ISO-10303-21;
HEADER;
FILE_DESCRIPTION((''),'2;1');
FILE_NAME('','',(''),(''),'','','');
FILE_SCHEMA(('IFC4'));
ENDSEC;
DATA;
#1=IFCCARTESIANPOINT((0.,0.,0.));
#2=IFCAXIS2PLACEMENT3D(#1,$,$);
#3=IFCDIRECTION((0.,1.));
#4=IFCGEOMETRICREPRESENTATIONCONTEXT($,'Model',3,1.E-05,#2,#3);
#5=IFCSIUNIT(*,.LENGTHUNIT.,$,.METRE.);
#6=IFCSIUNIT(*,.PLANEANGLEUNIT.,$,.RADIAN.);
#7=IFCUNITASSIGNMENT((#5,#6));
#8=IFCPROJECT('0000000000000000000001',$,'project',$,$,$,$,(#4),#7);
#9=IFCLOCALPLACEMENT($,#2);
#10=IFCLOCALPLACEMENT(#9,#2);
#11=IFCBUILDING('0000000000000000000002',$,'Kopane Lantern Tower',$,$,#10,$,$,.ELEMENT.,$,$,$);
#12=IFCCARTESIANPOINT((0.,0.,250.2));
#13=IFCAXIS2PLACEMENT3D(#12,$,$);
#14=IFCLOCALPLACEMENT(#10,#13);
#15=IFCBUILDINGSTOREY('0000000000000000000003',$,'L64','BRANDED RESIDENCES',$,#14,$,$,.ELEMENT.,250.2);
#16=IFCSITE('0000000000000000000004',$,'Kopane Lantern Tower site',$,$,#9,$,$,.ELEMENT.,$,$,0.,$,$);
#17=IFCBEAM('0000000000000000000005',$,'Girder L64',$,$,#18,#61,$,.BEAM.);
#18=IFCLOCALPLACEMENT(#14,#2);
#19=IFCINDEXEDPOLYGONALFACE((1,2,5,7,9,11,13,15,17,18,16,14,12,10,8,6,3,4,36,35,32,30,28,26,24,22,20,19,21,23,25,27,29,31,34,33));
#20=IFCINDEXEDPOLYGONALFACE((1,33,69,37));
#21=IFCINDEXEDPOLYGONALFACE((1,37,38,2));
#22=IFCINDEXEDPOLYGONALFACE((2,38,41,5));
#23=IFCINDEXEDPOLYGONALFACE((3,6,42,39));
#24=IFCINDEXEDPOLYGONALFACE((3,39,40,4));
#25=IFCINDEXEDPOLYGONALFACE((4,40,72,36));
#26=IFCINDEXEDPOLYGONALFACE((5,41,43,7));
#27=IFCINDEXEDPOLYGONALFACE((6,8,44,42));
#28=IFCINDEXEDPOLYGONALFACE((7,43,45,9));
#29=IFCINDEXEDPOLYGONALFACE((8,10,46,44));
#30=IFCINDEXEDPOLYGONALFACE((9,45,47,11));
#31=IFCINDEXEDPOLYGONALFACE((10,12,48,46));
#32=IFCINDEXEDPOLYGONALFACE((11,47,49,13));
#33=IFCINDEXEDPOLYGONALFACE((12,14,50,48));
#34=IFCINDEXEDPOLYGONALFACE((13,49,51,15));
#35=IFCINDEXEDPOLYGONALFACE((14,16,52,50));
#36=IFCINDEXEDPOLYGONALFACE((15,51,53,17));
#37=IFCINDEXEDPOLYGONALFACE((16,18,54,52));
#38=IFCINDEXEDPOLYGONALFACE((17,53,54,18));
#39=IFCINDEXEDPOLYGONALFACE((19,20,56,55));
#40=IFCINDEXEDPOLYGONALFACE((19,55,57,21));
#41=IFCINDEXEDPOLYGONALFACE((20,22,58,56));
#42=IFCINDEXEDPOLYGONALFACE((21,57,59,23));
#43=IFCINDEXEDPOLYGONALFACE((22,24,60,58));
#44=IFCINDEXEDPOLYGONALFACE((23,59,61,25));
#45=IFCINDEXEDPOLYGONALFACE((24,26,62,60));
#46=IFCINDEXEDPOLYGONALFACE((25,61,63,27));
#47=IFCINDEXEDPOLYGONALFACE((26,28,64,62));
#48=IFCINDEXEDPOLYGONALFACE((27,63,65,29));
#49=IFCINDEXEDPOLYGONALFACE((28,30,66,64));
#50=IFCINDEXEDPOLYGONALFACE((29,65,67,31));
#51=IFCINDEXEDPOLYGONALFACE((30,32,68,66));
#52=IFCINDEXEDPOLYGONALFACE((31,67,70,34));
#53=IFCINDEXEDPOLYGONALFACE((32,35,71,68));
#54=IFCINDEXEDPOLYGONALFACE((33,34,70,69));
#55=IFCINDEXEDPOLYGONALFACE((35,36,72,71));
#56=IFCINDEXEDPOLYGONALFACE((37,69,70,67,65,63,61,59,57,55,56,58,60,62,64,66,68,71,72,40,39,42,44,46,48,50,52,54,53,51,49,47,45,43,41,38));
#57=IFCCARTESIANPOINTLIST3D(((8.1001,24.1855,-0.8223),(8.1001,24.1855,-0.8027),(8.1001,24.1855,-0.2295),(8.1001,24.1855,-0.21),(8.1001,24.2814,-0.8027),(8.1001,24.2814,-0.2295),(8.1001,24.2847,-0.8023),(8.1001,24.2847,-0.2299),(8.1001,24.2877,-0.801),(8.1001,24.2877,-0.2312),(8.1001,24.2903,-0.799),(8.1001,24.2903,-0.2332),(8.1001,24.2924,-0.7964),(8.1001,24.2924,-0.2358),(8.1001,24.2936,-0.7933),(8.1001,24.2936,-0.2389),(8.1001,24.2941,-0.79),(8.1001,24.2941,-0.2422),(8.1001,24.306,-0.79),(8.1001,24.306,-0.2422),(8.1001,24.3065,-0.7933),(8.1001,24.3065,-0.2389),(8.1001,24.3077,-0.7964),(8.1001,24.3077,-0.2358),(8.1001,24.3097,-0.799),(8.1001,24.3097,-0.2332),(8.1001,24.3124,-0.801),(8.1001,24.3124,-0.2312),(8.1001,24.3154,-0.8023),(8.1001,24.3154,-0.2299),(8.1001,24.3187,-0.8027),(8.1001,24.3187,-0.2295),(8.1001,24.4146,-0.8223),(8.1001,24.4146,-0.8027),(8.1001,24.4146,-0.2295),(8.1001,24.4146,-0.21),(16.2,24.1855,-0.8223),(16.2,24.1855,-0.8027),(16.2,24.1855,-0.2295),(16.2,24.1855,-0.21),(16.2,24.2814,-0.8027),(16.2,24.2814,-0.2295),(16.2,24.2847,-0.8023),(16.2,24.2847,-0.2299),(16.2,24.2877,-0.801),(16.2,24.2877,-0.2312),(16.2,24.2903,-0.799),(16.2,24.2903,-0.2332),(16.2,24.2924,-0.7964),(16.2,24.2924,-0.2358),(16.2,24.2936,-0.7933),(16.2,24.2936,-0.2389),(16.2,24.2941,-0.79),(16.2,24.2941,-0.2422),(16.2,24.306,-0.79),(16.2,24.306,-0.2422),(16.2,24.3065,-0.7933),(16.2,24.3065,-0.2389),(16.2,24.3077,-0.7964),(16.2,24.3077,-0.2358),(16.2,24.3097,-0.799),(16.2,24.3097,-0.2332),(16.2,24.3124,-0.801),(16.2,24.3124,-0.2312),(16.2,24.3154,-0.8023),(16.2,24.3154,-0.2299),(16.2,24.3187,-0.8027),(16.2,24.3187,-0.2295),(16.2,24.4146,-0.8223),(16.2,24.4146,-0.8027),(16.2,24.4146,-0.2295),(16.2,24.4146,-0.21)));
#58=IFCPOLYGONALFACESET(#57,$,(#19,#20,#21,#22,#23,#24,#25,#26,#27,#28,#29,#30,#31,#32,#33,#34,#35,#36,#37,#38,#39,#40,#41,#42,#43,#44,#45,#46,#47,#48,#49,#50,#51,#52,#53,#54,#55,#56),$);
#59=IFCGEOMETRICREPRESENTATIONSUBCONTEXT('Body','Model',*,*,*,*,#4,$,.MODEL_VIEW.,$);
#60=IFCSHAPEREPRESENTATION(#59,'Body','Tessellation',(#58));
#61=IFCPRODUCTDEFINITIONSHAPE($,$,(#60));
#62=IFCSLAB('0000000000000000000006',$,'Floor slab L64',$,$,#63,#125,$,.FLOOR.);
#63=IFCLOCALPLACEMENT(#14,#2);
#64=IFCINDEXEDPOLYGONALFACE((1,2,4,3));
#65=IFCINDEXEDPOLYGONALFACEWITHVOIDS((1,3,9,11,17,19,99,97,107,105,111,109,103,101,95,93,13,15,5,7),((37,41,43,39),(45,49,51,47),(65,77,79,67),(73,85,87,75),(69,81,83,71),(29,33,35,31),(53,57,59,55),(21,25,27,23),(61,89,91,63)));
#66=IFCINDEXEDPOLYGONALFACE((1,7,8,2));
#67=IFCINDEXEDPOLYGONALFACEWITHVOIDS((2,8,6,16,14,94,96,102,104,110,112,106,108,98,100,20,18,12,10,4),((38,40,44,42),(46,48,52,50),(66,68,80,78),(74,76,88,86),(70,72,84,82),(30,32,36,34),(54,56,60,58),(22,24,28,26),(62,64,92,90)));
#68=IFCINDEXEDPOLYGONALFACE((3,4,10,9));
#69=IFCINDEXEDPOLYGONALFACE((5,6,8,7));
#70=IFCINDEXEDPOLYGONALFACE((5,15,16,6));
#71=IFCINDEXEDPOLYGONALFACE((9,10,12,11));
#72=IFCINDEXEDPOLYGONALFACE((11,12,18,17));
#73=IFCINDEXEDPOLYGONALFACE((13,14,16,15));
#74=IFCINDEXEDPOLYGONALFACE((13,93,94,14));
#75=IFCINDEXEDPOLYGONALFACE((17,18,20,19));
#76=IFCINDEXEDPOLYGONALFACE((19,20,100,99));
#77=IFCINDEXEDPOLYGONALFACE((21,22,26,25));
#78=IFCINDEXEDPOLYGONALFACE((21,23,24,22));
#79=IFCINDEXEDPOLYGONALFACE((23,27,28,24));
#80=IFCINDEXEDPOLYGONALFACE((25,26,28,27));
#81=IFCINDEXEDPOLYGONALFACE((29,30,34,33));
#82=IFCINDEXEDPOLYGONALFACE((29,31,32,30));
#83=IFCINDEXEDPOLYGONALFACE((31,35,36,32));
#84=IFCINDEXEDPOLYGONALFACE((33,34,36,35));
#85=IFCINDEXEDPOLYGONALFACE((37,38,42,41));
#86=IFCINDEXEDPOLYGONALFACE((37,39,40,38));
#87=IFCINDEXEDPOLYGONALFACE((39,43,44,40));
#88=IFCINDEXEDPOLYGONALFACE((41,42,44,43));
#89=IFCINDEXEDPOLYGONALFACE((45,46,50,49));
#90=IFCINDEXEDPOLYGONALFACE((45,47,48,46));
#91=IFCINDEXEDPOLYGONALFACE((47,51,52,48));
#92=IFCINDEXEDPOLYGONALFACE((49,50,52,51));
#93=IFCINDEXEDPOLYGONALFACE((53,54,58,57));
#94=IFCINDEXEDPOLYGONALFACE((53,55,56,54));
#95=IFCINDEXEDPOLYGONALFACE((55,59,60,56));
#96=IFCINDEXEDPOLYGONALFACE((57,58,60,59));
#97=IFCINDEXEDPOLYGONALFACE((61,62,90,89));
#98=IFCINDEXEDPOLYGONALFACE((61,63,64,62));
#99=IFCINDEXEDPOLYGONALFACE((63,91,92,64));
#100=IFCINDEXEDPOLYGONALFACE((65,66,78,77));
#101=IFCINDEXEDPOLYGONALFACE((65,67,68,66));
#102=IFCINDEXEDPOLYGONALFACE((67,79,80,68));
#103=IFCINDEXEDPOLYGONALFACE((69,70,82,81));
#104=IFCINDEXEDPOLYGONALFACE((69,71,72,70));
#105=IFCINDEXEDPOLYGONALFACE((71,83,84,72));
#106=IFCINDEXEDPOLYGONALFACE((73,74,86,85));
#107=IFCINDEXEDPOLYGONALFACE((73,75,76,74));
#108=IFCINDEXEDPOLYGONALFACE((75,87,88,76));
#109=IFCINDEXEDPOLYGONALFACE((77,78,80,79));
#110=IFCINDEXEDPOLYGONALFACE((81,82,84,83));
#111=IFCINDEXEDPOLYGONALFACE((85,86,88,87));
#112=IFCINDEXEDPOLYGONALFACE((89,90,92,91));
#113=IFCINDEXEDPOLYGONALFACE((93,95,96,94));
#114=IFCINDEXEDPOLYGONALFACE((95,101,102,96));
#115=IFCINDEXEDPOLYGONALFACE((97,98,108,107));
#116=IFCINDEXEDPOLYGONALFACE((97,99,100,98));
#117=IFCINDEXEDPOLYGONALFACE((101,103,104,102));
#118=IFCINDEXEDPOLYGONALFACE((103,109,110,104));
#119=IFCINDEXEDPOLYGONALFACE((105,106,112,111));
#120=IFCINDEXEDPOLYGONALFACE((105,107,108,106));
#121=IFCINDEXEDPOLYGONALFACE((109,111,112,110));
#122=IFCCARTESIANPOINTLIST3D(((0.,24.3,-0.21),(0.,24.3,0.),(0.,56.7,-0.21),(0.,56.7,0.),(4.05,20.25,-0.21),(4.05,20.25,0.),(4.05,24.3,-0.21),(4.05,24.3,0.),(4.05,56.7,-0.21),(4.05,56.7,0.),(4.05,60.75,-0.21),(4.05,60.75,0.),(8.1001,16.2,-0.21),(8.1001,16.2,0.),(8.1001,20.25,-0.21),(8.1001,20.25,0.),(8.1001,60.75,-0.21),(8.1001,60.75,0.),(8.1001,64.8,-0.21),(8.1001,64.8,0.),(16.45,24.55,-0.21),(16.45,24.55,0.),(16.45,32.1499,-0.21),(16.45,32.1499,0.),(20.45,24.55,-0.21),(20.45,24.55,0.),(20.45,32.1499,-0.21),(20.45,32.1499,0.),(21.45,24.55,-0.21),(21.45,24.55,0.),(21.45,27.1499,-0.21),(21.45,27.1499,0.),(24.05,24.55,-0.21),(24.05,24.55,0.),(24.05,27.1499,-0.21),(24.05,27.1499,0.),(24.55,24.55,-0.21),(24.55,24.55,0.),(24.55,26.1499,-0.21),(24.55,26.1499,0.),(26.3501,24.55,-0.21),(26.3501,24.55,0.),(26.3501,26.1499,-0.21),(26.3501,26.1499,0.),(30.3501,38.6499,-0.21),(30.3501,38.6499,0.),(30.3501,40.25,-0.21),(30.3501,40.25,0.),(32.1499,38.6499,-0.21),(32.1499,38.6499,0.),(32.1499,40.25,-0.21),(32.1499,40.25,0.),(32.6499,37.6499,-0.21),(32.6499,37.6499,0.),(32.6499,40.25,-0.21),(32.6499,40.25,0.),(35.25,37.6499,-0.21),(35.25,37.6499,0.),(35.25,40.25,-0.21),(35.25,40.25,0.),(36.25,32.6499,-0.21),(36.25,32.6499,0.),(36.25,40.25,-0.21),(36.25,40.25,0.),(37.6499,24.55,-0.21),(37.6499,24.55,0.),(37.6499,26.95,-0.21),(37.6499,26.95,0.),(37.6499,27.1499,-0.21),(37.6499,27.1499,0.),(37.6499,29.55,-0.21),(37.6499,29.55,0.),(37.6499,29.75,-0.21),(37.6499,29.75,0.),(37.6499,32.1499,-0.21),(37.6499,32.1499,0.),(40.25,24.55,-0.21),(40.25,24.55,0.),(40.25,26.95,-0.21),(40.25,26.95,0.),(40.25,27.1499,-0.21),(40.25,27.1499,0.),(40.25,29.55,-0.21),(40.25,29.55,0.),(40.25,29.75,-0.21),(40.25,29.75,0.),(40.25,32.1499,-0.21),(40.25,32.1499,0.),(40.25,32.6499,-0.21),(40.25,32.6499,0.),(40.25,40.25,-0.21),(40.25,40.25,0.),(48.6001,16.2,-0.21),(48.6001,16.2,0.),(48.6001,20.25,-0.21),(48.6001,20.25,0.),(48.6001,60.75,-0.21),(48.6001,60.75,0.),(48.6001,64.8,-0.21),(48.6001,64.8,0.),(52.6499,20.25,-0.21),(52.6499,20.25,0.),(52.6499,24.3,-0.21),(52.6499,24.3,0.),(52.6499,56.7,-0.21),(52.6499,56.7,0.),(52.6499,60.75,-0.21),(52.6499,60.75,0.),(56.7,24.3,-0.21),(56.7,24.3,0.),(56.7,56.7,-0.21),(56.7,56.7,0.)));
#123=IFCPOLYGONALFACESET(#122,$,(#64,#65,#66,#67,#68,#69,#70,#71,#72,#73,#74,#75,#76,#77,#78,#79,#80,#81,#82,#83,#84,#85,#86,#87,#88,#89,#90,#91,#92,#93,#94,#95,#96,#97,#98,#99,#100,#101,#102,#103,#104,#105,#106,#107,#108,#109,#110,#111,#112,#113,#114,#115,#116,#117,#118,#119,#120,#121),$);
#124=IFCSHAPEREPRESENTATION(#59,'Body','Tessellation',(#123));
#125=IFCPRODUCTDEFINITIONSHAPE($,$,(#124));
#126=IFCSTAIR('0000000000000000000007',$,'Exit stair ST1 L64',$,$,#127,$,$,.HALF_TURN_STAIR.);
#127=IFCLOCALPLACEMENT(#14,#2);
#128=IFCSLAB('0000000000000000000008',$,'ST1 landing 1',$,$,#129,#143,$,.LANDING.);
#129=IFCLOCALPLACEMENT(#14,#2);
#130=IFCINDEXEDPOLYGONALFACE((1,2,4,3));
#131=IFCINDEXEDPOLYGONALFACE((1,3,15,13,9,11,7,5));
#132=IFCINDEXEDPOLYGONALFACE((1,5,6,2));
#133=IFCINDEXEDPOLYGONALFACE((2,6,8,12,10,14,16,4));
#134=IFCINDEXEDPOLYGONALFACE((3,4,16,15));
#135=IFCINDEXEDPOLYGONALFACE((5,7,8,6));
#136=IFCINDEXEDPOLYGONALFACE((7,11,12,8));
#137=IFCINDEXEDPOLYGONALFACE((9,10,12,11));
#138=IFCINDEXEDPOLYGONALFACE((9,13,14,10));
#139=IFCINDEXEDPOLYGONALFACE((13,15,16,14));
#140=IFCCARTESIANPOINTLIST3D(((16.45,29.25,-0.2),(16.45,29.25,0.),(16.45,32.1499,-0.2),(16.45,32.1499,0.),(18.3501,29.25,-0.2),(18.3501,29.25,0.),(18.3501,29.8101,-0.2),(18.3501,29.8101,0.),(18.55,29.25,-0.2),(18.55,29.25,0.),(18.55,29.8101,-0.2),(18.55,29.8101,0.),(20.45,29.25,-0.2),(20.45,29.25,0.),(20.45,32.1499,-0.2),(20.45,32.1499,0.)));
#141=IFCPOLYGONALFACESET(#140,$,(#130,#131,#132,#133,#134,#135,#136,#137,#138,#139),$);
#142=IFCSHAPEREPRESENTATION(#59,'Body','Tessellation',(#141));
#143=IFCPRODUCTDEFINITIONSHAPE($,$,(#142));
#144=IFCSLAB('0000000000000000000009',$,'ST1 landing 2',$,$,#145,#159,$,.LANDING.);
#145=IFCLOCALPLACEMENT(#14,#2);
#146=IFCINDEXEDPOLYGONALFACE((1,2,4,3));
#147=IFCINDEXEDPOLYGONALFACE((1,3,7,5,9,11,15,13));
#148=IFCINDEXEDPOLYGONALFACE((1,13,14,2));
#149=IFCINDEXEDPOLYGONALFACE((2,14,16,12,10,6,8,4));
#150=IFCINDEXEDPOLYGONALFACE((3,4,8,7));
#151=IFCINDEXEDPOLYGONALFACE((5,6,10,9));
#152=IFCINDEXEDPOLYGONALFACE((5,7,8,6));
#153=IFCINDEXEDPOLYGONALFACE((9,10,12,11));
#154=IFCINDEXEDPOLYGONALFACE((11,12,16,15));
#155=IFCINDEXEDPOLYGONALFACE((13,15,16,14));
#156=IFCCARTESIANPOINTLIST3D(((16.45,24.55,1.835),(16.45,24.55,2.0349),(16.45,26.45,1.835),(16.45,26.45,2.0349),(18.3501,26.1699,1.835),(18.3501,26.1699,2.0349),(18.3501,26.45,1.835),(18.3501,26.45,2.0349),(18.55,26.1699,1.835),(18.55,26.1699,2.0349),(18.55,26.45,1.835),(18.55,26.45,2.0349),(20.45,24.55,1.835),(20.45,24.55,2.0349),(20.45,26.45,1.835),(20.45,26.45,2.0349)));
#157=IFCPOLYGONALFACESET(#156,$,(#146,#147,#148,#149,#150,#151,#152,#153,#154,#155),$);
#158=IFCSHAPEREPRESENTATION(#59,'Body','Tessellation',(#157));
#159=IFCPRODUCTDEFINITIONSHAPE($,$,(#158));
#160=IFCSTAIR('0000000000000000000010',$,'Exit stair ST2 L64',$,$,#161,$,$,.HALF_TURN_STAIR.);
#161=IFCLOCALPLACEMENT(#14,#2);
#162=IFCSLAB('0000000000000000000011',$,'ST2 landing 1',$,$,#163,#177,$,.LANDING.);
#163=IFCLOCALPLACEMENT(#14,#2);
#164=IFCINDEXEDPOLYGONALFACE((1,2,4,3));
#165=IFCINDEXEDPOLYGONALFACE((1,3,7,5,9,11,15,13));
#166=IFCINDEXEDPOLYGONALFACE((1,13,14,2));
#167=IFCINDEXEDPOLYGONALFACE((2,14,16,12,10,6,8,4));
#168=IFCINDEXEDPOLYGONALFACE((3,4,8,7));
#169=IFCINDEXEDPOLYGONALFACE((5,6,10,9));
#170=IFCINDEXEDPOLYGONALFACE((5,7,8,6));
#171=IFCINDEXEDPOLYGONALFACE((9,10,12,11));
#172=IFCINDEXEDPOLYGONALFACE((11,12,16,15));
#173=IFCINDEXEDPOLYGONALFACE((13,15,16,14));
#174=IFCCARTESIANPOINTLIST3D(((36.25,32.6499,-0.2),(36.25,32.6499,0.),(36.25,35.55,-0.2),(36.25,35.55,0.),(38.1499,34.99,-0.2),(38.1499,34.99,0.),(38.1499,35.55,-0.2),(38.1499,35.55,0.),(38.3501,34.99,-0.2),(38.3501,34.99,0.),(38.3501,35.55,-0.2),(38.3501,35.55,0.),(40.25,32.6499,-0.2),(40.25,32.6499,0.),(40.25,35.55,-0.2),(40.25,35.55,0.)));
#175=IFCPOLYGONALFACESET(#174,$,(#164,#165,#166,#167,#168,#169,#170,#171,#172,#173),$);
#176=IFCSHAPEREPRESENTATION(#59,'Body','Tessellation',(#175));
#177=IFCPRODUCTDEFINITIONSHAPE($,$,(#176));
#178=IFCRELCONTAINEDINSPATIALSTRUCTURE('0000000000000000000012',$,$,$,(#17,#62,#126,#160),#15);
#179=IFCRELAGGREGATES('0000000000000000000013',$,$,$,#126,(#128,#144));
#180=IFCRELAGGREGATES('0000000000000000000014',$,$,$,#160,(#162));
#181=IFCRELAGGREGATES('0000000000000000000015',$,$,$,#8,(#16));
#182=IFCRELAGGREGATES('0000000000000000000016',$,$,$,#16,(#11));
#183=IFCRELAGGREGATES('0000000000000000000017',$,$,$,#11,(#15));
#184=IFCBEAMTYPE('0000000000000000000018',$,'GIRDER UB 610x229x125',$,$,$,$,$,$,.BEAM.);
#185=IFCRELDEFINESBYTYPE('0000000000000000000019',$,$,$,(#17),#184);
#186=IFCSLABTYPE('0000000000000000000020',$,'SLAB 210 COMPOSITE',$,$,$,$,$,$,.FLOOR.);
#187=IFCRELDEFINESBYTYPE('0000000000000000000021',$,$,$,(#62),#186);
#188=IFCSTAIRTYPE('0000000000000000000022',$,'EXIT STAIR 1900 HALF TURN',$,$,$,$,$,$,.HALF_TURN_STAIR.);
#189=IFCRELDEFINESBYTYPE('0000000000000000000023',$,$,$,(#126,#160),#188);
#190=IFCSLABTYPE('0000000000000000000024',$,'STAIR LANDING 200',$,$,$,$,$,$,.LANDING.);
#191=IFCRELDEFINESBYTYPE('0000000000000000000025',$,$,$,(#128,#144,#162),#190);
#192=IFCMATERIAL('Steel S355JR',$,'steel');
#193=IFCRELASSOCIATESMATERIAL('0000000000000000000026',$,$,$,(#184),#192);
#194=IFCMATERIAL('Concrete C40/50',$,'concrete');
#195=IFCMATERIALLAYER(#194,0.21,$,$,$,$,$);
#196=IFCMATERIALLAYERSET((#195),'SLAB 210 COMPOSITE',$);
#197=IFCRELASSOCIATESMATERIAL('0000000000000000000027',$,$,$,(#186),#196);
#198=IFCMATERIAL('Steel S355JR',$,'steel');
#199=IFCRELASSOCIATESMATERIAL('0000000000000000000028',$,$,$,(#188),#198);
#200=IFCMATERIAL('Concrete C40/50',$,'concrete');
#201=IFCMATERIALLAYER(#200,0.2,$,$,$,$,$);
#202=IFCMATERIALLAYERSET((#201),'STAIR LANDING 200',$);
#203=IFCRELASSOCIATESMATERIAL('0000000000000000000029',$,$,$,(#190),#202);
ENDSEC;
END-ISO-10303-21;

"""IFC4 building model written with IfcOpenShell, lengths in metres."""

from ifc_helpers import new_model, si_unit, direction, frame, origin, origin_2d, place, context, subcontext, project, spatial, polyline, i_section, outline, extrude, material, layer, layer_set, material_profile, profile_set, type_object, element, aggregate, save


model = new_model("IFC4")

# Units and contexts
model_context = context("Model", 3, precision=1e-05, world=origin(), true_north=direction((0.0, 1.0)))
body_context = subcontext(model_context, "Body", "Model", "MODEL_VIEW")
ifc_project = project(units=[si_unit("LENGTHUNIT", "METRE"), si_unit("PLANEANGLEUNIT", "RADIAN")], contexts=[model_context])

# Site, building, storey
site_placement = place(None, origin())
site = spatial("IfcSite", under=ifc_project, at=site_placement, Name="Kopane Lantern Tower site", CompositionType="ELEMENT", RefElevation=0.0)
building_placement = place(site_placement, origin())
building = spatial("IfcBuilding", under=site, at=building_placement, Name="Kopane Lantern Tower", CompositionType="ELEMENT")
storey_placement = place(building_placement, frame((0.0, 0.0, 250.2)))
storey = spatial("IfcBuildingStorey", under=building, at=storey_placement, Name="L64", Description="BRANDED RESIDENCES", CompositionType="ELEMENT", Elevation=250.2)

# Beam
ifc_material_1 = material(Name="Steel S355JR", Category="steel")
ifc_material_profile_1 = material_profile(ifc_material_1, i_section(OverallWidth=0.229, OverallDepth=0.6123, WebThickness=0.012, FlangeThickness=0.0195, FilletRadius=0.0127, at=origin_2d()), Name="UB 610x229x125")
ifc_profile_set_1 = profile_set([ifc_material_profile_1], Name="Steel S355JR")
beam_type_1 = type_object("IfcBeamType", Name="GIRDER UB 610x229x125", PredefinedType="BEAM", material=ifc_profile_set_1)
for number, where, z_axis, x_axis, name in (
    (1, (8.1001, 24.3, -0.5161), (1.0, 0.0, 0.0), (0.0, 1.0, 0.0), "Girder L64"),
):
    element("IfcBeam", number, at=place(storey_placement, frame(where, z_axis=z_axis, x_axis=x_axis)), inside=storey, type_object=beam_type_1, Name=name, PredefinedType="BEAM", context=body_context, shape_type="SweptSolid", body=[
        extrude(i_section(OverallWidth=0.229, OverallDepth=0.6123, WebThickness=0.012, FlangeThickness=0.0195, FilletRadius=0.0127, at=origin_2d()), origin(), (0.0, 0.0, 1.0), 8.0999),
    ])

# Slab
ifc_material_2 = material(Name="Concrete C40/50", Category="concrete")
ifc_layer_1 = layer(ifc_material_2, 0.21)
ifc_layer_set_1 = layer_set([ifc_layer_1], Name="SLAB 210 COMPOSITE")
slab_type_1 = type_object("IfcSlabType", Name="SLAB 210 COMPOSITE", PredefinedType="FLOOR", material=ifc_layer_set_1)
slab_1_placement = place(storey_placement, frame((0.0, 0.0, -0.21)))
element("IfcSlab", 2, at=slab_1_placement, inside=storey, type_object=slab_type_1, Name="Floor slab L64", PredefinedType="FLOOR", context=body_context, shape_type="SweptSolid", body=[
    extrude(outline(polyline([(8.1001, 16.2), (48.6001, 16.2), (48.6001, 20.25), (52.6499, 20.25), (52.6499, 24.3), (56.7, 24.3), (56.7, 56.7), (52.6499, 56.7), (52.6499, 60.75), (48.6001, 60.75), (48.6001, 64.8), (8.1001, 64.8), (8.1001, 60.75), (4.05, 60.75), (4.05, 56.7), (0.0, 56.7), (0.0, 24.3), (4.05, 24.3), (4.05, 20.25), (8.1001, 20.25), (8.1001, 16.2)]), holes=[polyline([(16.45, 24.55), (20.45, 24.55), (20.45, 32.1499), (16.45, 32.1499), (16.45, 24.55)]), polyline([(36.25, 32.6499), (40.25, 32.6499), (40.25, 40.25), (36.25, 40.25), (36.25, 32.6499)]), polyline([(37.6499, 24.55), (40.25, 24.55), (40.25, 26.95), (37.6499, 26.95), (37.6499, 24.55)]), polyline([(37.6499, 27.1499), (40.25, 27.1499), (40.25, 29.55), (37.6499, 29.55), (37.6499, 27.1499)]), polyline([(37.6499, 29.75), (40.25, 29.75), (40.25, 32.1499), (37.6499, 32.1499), (37.6499, 29.75)]), polyline([(21.45, 24.55), (24.05, 24.55), (24.05, 27.1499), (21.45, 27.1499), (21.45, 24.55)]), polyline([(32.6499, 37.6499), (35.25, 37.6499), (35.25, 40.25), (32.6499, 40.25), (32.6499, 37.6499)]), polyline([(24.55, 24.55), (26.3501, 24.55), (26.3501, 26.1499), (24.55, 26.1499), (24.55, 24.55)]), polyline([(30.3501, 38.6499), (32.1499, 38.6499), (32.1499, 40.25), (30.3501, 40.25), (30.3501, 38.6499)])]), origin(), (0.0, 0.0, 1.0), 0.21),
])

# Stairs, slabs
ifc_material_3 = material(Name="Steel S355JR", Category="steel")
stair_type = type_object("IfcStairType", Name="EXIT STAIR 1900 HALF TURN", PredefinedType="HALF_TURN_STAIR", material=ifc_material_3)
stair_1_placement = place(storey_placement, origin())
stair_1 = element("IfcStair", 3, at=stair_1_placement, inside=storey, type_object=stair_type, Name="Exit stair ST1 L64", PredefinedType="HALF_TURN_STAIR")
ifc_material_4 = material(Name="Concrete C40/50", Category="concrete")
ifc_layer_2 = layer(ifc_material_4, 0.2)
ifc_layer_set_2 = layer_set([ifc_layer_2], Name="STAIR LANDING 200")
slab_type_2 = type_object("IfcSlabType", Name="STAIR LANDING 200", PredefinedType="LANDING", material=ifc_layer_set_2)
slab_2_placement = place(storey_placement, frame((0.0, 0.0, -0.2)))
slab_2 = element("IfcSlab", 4, at=slab_2_placement, type_object=slab_type_2, Name="ST1 landing 1", PredefinedType="LANDING", context=body_context, shape_type="SweptSolid", body=[
    extrude(outline(polyline([(18.3501, 29.8101), (18.55, 29.8101), (18.55, 29.25), (20.45, 29.25), (20.45, 32.1499), (16.45, 32.1499), (16.45, 29.25), (18.3501, 29.25), (18.3501, 29.8101)])), origin(), (0.0, 0.0, 1.0), 0.2),
])
slab_3_placement = place(storey_placement, frame((0.0, 0.0, 1.835)))
slab_3 = element("IfcSlab", 5, at=slab_3_placement, type_object=slab_type_2, Name="ST1 landing 2", PredefinedType="LANDING", context=body_context, shape_type="SweptSolid", body=[
    extrude(outline(polyline([(20.45, 26.45), (18.55, 26.45), (18.55, 26.1699), (18.3501, 26.1699), (18.3501, 26.45), (16.45, 26.45), (16.45, 24.55), (20.45, 24.55), (20.45, 26.45)])), origin(), (0.0, 0.0, 1.0), 0.2),
])
aggregate(stair_1, [slab_2, slab_3])
stair_2_placement = place(storey_placement, origin())
stair_2 = element("IfcStair", 6, at=stair_2_placement, inside=storey, type_object=stair_type, Name="Exit stair ST2 L64", PredefinedType="HALF_TURN_STAIR")
slab_4_placement = place(storey_placement, frame((0.0, 0.0, -0.2)))
slab_4 = element("IfcSlab", 7, at=slab_4_placement, type_object=slab_type_2, Name="ST2 landing 1", PredefinedType="LANDING", context=body_context, shape_type="SweptSolid", body=[
    extrude(outline(polyline([(40.25, 35.55), (38.3501, 35.55), (38.3501, 34.99), (38.1499, 34.99), (38.1499, 35.55), (36.25, 35.55), (36.25, 32.6499), (40.25, 32.6499), (40.25, 35.55)])), origin(), (0.0, 0.0, 1.0), 0.2),
])
aggregate(stair_2, [slab_4])

save(model, "model.ifc")
